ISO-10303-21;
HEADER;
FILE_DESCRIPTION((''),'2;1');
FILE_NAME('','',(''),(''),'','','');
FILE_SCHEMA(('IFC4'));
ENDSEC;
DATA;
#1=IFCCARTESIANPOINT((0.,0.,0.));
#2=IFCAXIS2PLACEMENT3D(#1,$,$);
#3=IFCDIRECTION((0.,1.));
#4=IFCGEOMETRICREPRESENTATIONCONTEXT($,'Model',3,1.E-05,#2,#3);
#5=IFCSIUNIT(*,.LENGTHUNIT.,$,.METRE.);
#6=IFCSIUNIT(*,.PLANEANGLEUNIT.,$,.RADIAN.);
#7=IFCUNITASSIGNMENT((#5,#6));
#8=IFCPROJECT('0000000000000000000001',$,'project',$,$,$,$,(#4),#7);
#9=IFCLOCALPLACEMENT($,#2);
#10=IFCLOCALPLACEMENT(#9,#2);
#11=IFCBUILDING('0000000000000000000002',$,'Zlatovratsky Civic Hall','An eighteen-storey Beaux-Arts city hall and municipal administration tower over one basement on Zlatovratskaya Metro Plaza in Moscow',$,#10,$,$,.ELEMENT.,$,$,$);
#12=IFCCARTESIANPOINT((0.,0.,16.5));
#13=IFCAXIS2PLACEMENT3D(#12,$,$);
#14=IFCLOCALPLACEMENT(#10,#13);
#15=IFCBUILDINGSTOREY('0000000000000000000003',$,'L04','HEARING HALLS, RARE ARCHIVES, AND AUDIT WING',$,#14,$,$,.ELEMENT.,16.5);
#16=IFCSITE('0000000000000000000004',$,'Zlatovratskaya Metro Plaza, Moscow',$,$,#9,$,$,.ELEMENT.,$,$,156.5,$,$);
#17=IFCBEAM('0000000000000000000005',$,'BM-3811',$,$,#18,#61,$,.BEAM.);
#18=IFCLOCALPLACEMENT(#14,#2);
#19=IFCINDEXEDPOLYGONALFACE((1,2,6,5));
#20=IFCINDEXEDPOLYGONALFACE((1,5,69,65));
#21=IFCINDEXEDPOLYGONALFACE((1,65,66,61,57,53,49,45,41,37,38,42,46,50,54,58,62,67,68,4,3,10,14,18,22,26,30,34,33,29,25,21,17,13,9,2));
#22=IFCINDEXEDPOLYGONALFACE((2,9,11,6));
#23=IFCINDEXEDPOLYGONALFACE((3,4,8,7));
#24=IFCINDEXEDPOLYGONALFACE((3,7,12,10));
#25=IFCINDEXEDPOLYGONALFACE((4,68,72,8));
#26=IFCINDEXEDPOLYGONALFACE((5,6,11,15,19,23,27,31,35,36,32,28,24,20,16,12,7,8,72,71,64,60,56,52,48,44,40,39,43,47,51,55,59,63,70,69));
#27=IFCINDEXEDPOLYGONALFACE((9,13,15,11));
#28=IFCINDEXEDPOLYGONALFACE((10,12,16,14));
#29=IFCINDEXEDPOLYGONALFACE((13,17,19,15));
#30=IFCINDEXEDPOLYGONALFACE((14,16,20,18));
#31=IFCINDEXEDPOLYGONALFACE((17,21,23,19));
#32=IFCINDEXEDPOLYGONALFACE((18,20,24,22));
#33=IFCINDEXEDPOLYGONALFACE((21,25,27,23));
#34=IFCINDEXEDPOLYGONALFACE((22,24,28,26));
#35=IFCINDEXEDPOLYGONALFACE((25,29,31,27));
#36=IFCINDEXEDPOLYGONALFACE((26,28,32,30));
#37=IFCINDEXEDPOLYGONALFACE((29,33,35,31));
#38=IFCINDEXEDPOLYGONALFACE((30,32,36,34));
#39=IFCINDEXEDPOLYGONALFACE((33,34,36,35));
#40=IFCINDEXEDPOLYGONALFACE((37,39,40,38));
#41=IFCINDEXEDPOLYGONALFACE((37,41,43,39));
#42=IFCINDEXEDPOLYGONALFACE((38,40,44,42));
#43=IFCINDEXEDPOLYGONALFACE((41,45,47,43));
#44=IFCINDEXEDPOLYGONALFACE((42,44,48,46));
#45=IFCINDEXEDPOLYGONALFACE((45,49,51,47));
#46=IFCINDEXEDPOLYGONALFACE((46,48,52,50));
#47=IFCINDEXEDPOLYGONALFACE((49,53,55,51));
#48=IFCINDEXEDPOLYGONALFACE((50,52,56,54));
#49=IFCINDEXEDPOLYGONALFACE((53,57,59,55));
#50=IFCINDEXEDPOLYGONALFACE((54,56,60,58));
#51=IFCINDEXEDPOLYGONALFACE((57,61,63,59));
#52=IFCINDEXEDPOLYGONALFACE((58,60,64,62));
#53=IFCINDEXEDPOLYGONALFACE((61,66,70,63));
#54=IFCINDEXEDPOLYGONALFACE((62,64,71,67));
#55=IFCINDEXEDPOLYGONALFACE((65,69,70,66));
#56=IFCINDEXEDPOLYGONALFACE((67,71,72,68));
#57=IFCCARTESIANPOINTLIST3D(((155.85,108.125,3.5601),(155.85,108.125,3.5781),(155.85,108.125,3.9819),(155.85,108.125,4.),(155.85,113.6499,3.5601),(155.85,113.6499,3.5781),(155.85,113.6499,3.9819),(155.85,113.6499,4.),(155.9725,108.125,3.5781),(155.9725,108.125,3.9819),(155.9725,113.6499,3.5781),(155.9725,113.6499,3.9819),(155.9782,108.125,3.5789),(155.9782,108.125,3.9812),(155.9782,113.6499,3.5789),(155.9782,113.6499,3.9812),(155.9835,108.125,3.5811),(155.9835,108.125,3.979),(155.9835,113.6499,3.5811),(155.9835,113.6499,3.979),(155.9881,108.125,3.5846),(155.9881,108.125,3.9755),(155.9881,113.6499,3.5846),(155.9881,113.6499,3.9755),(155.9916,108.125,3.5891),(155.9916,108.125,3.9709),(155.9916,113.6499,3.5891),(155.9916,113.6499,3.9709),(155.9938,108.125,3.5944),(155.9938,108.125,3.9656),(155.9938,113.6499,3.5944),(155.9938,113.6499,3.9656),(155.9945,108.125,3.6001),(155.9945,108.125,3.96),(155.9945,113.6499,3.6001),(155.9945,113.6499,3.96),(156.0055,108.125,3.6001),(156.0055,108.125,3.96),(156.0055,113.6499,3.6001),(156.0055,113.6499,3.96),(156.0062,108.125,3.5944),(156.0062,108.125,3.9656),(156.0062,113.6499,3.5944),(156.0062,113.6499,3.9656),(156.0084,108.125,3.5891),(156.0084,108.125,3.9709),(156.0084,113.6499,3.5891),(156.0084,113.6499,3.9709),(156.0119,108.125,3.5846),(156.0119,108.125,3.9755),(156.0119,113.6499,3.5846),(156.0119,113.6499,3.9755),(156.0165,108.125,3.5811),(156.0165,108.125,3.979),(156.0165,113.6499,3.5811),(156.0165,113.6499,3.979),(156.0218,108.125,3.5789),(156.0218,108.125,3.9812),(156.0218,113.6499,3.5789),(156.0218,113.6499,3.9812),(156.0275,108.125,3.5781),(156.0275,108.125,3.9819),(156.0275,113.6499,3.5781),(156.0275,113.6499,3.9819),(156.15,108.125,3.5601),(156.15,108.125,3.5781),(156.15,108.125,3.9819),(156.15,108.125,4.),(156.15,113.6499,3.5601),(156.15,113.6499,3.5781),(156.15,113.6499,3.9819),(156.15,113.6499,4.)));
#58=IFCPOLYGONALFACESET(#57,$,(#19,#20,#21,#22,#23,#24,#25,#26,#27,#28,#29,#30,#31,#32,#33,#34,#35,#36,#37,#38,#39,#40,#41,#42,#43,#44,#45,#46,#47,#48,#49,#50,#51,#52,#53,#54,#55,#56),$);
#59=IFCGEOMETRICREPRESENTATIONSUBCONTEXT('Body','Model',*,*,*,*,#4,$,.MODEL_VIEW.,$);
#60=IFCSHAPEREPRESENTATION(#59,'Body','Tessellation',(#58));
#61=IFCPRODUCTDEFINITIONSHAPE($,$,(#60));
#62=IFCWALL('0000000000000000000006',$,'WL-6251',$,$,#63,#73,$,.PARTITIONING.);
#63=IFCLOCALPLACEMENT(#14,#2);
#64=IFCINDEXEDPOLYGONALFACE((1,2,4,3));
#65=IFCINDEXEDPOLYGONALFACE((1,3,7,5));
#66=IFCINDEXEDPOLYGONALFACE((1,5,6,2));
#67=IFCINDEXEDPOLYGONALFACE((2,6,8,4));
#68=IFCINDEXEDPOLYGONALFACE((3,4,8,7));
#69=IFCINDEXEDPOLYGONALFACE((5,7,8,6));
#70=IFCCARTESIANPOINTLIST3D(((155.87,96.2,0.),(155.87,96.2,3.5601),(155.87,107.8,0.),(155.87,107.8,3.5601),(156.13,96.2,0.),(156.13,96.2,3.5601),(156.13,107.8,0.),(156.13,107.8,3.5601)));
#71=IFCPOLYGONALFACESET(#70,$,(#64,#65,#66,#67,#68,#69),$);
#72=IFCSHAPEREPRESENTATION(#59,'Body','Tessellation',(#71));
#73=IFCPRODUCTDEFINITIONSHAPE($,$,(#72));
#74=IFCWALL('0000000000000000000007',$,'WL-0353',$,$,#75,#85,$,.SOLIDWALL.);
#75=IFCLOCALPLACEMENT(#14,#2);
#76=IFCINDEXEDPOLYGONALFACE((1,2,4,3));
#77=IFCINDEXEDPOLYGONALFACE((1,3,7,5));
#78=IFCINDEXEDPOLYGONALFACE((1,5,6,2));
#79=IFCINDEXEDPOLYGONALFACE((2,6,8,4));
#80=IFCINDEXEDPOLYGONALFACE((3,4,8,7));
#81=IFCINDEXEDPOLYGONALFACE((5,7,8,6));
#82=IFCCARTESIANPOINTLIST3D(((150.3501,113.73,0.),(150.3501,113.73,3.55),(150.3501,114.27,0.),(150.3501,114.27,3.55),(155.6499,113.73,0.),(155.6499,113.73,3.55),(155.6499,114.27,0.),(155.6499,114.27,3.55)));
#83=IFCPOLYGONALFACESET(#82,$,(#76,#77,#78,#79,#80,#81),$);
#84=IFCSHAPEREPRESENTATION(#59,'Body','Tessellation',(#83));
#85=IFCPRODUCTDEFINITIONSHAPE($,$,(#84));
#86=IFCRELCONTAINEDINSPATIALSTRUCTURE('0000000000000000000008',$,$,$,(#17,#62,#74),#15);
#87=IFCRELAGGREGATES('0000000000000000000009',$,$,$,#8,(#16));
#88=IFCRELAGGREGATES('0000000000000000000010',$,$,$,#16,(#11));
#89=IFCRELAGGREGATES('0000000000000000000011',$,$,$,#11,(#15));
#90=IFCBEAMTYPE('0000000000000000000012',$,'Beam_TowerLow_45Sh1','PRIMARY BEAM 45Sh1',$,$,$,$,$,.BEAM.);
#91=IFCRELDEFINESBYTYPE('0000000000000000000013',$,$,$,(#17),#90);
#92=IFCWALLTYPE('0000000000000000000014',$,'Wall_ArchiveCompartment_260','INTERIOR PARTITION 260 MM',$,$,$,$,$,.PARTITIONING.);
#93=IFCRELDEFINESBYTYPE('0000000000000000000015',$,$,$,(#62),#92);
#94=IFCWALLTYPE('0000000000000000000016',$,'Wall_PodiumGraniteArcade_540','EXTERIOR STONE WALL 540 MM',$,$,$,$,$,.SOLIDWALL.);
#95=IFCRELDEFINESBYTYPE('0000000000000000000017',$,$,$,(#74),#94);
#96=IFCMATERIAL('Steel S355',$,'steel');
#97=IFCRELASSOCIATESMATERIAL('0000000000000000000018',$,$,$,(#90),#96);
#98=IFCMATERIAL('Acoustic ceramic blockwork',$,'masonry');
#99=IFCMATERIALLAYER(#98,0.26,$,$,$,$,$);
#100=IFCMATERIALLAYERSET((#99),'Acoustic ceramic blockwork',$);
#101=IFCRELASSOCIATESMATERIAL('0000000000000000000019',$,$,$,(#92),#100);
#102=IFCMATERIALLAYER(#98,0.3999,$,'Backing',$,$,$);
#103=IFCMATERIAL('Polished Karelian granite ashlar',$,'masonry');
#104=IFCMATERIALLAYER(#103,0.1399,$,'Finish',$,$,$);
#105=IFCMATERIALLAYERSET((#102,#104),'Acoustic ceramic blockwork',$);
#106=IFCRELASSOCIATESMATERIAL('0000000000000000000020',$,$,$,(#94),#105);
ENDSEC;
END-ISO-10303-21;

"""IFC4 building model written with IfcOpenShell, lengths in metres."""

from ifc_helpers import new_model, si_unit, direction, frame, frame_2d, origin, origin_2d, place, context, subcontext, project, spatial, rectangle, i_section, extrude, material, layer, layer_set, material_profile, profile_set, type_object, element, save


model = new_model("IFC4")

# Units and contexts
model_context = context("Model", 3, precision=1e-05, world=origin(), true_north=direction((0.0, 1.0)))
body_context = subcontext(model_context, "Body", "Model", "MODEL_VIEW")
ifc_project = project(units=[si_unit("LENGTHUNIT", "METRE"), si_unit("PLANEANGLEUNIT", "RADIAN")], contexts=[model_context])

# Site, building, storey
site_placement = place(None, origin())
site = spatial("IfcSite", under=ifc_project, at=site_placement, Name="Zlatovratskaya Metro Plaza, Moscow", CompositionType="ELEMENT", RefElevation=156.5)
building_placement = place(site_placement, origin())
building = spatial("IfcBuilding", under=site, at=building_placement, Name="Zlatovratsky Civic Hall", Description="An eighteen-storey Beaux-Arts city hall and municipal administration tower over one basement on Zlatovratskaya Metro Plaza in Moscow", CompositionType="ELEMENT")
storey_placement = place(building_placement, frame((0.0, 0.0, 16.5)))
storey = spatial("IfcBuildingStorey", under=building, at=storey_placement, Name="L04", Description="HEARING HALLS, RARE ARCHIVES, AND AUDIT WING", CompositionType="ELEMENT", Elevation=16.5)

# Shared definitions
ifc_material_1 = material(Name="Steel S355", Category="steel")

# Beam
ifc_material_profile_1 = material_profile(ifc_material_1, i_section(OverallWidth=0.3, OverallDepth=0.4399, WebThickness=0.011, FlangeThickness=0.0181, FilletRadius=0.022, at=origin_2d()), Name="45Sh1")
ifc_profile_set_1 = profile_set([ifc_material_profile_1], Name="Steel S355")
beam_type_1 = type_object("IfcBeamType", Name="Beam_TowerLow_45Sh1", Description="PRIMARY BEAM 45Sh1", PredefinedType="BEAM", material=ifc_profile_set_1)
beam_1_placement = place(storey_placement, frame((156.0, 108.125, 3.78), z_axis=(0.0, 1.0, 0.0), x_axis=(-1.0, 0.0, 0.0)))
element("IfcBeam", 1, at=beam_1_placement, inside=storey, type_object=beam_type_1, Name="BM-3811", PredefinedType="BEAM", context=body_context, shape_type="SweptSolid", body=[
    extrude(i_section(OverallWidth=0.3, OverallDepth=0.4399, WebThickness=0.011, FlangeThickness=0.0181, FilletRadius=0.022, at=origin_2d()), origin(), (0.0, 0.0, 1.0), 5.5249),
])

# Walls
ifc_material_2 = material(Name="Acoustic ceramic blockwork", Category="masonry")
ifc_layer_1 = layer(ifc_material_2, 0.26)
ifc_layer_set_1 = layer_set([ifc_layer_1], Name="Acoustic ceramic blockwork")
wall_type_1 = type_object("IfcWallType", Name="Wall_ArchiveCompartment_260", Description="INTERIOR PARTITION 260 MM", PredefinedType="PARTITIONING", material=ifc_layer_set_1)
wall_1_placement = place(storey_placement, frame((156.0, 96.2, 0.0), z_axis=(0.0, 0.0, 1.0), x_axis=(0.0, 1.0, 0.0)))
element("IfcWall", 2, at=wall_1_placement, inside=storey, type_object=wall_type_1, Name="WL-6251", PredefinedType="PARTITIONING", context=body_context, shape_type="SweptSolid", body=[
    extrude(rectangle(XDim=11.6001, YDim=0.26, at=frame_2d((5.8, 0.0))), origin(), (0.0, 0.0, 1.0), 3.5601),
])
ifc_layer_2 = layer(ifc_material_2, 0.3999, Name="Backing")
ifc_material_3 = material(Name="Polished Karelian granite ashlar", Category="masonry")
ifc_layer_3 = layer(ifc_material_3, 0.1399, Name="Finish")
ifc_layer_set_2 = layer_set([ifc_layer_2, ifc_layer_3], Name="Acoustic ceramic blockwork")
wall_type_2 = type_object("IfcWallType", Name="Wall_PodiumGraniteArcade_540", Description="EXTERIOR STONE WALL 540 MM", PredefinedType="SOLIDWALL", material=ifc_layer_set_2)
wall_2_placement = place(storey_placement, frame((150.3501, 114.0, 0.0), z_axis=(0.0, 0.0, 1.0), x_axis=(1.0, 0.0, 0.0)))
element("IfcWall", 3, at=wall_2_placement, inside=storey, type_object=wall_type_2, Name="WL-0353", PredefinedType="SOLIDWALL", context=body_context, shape_type="SweptSolid", body=[
    extrude(rectangle(XDim=5.2998, YDim=0.54, at=frame_2d((2.6499, 0.0))), origin(), (0.0, 0.0, 1.0), 3.55),
])

save(model, "model.ifc")
